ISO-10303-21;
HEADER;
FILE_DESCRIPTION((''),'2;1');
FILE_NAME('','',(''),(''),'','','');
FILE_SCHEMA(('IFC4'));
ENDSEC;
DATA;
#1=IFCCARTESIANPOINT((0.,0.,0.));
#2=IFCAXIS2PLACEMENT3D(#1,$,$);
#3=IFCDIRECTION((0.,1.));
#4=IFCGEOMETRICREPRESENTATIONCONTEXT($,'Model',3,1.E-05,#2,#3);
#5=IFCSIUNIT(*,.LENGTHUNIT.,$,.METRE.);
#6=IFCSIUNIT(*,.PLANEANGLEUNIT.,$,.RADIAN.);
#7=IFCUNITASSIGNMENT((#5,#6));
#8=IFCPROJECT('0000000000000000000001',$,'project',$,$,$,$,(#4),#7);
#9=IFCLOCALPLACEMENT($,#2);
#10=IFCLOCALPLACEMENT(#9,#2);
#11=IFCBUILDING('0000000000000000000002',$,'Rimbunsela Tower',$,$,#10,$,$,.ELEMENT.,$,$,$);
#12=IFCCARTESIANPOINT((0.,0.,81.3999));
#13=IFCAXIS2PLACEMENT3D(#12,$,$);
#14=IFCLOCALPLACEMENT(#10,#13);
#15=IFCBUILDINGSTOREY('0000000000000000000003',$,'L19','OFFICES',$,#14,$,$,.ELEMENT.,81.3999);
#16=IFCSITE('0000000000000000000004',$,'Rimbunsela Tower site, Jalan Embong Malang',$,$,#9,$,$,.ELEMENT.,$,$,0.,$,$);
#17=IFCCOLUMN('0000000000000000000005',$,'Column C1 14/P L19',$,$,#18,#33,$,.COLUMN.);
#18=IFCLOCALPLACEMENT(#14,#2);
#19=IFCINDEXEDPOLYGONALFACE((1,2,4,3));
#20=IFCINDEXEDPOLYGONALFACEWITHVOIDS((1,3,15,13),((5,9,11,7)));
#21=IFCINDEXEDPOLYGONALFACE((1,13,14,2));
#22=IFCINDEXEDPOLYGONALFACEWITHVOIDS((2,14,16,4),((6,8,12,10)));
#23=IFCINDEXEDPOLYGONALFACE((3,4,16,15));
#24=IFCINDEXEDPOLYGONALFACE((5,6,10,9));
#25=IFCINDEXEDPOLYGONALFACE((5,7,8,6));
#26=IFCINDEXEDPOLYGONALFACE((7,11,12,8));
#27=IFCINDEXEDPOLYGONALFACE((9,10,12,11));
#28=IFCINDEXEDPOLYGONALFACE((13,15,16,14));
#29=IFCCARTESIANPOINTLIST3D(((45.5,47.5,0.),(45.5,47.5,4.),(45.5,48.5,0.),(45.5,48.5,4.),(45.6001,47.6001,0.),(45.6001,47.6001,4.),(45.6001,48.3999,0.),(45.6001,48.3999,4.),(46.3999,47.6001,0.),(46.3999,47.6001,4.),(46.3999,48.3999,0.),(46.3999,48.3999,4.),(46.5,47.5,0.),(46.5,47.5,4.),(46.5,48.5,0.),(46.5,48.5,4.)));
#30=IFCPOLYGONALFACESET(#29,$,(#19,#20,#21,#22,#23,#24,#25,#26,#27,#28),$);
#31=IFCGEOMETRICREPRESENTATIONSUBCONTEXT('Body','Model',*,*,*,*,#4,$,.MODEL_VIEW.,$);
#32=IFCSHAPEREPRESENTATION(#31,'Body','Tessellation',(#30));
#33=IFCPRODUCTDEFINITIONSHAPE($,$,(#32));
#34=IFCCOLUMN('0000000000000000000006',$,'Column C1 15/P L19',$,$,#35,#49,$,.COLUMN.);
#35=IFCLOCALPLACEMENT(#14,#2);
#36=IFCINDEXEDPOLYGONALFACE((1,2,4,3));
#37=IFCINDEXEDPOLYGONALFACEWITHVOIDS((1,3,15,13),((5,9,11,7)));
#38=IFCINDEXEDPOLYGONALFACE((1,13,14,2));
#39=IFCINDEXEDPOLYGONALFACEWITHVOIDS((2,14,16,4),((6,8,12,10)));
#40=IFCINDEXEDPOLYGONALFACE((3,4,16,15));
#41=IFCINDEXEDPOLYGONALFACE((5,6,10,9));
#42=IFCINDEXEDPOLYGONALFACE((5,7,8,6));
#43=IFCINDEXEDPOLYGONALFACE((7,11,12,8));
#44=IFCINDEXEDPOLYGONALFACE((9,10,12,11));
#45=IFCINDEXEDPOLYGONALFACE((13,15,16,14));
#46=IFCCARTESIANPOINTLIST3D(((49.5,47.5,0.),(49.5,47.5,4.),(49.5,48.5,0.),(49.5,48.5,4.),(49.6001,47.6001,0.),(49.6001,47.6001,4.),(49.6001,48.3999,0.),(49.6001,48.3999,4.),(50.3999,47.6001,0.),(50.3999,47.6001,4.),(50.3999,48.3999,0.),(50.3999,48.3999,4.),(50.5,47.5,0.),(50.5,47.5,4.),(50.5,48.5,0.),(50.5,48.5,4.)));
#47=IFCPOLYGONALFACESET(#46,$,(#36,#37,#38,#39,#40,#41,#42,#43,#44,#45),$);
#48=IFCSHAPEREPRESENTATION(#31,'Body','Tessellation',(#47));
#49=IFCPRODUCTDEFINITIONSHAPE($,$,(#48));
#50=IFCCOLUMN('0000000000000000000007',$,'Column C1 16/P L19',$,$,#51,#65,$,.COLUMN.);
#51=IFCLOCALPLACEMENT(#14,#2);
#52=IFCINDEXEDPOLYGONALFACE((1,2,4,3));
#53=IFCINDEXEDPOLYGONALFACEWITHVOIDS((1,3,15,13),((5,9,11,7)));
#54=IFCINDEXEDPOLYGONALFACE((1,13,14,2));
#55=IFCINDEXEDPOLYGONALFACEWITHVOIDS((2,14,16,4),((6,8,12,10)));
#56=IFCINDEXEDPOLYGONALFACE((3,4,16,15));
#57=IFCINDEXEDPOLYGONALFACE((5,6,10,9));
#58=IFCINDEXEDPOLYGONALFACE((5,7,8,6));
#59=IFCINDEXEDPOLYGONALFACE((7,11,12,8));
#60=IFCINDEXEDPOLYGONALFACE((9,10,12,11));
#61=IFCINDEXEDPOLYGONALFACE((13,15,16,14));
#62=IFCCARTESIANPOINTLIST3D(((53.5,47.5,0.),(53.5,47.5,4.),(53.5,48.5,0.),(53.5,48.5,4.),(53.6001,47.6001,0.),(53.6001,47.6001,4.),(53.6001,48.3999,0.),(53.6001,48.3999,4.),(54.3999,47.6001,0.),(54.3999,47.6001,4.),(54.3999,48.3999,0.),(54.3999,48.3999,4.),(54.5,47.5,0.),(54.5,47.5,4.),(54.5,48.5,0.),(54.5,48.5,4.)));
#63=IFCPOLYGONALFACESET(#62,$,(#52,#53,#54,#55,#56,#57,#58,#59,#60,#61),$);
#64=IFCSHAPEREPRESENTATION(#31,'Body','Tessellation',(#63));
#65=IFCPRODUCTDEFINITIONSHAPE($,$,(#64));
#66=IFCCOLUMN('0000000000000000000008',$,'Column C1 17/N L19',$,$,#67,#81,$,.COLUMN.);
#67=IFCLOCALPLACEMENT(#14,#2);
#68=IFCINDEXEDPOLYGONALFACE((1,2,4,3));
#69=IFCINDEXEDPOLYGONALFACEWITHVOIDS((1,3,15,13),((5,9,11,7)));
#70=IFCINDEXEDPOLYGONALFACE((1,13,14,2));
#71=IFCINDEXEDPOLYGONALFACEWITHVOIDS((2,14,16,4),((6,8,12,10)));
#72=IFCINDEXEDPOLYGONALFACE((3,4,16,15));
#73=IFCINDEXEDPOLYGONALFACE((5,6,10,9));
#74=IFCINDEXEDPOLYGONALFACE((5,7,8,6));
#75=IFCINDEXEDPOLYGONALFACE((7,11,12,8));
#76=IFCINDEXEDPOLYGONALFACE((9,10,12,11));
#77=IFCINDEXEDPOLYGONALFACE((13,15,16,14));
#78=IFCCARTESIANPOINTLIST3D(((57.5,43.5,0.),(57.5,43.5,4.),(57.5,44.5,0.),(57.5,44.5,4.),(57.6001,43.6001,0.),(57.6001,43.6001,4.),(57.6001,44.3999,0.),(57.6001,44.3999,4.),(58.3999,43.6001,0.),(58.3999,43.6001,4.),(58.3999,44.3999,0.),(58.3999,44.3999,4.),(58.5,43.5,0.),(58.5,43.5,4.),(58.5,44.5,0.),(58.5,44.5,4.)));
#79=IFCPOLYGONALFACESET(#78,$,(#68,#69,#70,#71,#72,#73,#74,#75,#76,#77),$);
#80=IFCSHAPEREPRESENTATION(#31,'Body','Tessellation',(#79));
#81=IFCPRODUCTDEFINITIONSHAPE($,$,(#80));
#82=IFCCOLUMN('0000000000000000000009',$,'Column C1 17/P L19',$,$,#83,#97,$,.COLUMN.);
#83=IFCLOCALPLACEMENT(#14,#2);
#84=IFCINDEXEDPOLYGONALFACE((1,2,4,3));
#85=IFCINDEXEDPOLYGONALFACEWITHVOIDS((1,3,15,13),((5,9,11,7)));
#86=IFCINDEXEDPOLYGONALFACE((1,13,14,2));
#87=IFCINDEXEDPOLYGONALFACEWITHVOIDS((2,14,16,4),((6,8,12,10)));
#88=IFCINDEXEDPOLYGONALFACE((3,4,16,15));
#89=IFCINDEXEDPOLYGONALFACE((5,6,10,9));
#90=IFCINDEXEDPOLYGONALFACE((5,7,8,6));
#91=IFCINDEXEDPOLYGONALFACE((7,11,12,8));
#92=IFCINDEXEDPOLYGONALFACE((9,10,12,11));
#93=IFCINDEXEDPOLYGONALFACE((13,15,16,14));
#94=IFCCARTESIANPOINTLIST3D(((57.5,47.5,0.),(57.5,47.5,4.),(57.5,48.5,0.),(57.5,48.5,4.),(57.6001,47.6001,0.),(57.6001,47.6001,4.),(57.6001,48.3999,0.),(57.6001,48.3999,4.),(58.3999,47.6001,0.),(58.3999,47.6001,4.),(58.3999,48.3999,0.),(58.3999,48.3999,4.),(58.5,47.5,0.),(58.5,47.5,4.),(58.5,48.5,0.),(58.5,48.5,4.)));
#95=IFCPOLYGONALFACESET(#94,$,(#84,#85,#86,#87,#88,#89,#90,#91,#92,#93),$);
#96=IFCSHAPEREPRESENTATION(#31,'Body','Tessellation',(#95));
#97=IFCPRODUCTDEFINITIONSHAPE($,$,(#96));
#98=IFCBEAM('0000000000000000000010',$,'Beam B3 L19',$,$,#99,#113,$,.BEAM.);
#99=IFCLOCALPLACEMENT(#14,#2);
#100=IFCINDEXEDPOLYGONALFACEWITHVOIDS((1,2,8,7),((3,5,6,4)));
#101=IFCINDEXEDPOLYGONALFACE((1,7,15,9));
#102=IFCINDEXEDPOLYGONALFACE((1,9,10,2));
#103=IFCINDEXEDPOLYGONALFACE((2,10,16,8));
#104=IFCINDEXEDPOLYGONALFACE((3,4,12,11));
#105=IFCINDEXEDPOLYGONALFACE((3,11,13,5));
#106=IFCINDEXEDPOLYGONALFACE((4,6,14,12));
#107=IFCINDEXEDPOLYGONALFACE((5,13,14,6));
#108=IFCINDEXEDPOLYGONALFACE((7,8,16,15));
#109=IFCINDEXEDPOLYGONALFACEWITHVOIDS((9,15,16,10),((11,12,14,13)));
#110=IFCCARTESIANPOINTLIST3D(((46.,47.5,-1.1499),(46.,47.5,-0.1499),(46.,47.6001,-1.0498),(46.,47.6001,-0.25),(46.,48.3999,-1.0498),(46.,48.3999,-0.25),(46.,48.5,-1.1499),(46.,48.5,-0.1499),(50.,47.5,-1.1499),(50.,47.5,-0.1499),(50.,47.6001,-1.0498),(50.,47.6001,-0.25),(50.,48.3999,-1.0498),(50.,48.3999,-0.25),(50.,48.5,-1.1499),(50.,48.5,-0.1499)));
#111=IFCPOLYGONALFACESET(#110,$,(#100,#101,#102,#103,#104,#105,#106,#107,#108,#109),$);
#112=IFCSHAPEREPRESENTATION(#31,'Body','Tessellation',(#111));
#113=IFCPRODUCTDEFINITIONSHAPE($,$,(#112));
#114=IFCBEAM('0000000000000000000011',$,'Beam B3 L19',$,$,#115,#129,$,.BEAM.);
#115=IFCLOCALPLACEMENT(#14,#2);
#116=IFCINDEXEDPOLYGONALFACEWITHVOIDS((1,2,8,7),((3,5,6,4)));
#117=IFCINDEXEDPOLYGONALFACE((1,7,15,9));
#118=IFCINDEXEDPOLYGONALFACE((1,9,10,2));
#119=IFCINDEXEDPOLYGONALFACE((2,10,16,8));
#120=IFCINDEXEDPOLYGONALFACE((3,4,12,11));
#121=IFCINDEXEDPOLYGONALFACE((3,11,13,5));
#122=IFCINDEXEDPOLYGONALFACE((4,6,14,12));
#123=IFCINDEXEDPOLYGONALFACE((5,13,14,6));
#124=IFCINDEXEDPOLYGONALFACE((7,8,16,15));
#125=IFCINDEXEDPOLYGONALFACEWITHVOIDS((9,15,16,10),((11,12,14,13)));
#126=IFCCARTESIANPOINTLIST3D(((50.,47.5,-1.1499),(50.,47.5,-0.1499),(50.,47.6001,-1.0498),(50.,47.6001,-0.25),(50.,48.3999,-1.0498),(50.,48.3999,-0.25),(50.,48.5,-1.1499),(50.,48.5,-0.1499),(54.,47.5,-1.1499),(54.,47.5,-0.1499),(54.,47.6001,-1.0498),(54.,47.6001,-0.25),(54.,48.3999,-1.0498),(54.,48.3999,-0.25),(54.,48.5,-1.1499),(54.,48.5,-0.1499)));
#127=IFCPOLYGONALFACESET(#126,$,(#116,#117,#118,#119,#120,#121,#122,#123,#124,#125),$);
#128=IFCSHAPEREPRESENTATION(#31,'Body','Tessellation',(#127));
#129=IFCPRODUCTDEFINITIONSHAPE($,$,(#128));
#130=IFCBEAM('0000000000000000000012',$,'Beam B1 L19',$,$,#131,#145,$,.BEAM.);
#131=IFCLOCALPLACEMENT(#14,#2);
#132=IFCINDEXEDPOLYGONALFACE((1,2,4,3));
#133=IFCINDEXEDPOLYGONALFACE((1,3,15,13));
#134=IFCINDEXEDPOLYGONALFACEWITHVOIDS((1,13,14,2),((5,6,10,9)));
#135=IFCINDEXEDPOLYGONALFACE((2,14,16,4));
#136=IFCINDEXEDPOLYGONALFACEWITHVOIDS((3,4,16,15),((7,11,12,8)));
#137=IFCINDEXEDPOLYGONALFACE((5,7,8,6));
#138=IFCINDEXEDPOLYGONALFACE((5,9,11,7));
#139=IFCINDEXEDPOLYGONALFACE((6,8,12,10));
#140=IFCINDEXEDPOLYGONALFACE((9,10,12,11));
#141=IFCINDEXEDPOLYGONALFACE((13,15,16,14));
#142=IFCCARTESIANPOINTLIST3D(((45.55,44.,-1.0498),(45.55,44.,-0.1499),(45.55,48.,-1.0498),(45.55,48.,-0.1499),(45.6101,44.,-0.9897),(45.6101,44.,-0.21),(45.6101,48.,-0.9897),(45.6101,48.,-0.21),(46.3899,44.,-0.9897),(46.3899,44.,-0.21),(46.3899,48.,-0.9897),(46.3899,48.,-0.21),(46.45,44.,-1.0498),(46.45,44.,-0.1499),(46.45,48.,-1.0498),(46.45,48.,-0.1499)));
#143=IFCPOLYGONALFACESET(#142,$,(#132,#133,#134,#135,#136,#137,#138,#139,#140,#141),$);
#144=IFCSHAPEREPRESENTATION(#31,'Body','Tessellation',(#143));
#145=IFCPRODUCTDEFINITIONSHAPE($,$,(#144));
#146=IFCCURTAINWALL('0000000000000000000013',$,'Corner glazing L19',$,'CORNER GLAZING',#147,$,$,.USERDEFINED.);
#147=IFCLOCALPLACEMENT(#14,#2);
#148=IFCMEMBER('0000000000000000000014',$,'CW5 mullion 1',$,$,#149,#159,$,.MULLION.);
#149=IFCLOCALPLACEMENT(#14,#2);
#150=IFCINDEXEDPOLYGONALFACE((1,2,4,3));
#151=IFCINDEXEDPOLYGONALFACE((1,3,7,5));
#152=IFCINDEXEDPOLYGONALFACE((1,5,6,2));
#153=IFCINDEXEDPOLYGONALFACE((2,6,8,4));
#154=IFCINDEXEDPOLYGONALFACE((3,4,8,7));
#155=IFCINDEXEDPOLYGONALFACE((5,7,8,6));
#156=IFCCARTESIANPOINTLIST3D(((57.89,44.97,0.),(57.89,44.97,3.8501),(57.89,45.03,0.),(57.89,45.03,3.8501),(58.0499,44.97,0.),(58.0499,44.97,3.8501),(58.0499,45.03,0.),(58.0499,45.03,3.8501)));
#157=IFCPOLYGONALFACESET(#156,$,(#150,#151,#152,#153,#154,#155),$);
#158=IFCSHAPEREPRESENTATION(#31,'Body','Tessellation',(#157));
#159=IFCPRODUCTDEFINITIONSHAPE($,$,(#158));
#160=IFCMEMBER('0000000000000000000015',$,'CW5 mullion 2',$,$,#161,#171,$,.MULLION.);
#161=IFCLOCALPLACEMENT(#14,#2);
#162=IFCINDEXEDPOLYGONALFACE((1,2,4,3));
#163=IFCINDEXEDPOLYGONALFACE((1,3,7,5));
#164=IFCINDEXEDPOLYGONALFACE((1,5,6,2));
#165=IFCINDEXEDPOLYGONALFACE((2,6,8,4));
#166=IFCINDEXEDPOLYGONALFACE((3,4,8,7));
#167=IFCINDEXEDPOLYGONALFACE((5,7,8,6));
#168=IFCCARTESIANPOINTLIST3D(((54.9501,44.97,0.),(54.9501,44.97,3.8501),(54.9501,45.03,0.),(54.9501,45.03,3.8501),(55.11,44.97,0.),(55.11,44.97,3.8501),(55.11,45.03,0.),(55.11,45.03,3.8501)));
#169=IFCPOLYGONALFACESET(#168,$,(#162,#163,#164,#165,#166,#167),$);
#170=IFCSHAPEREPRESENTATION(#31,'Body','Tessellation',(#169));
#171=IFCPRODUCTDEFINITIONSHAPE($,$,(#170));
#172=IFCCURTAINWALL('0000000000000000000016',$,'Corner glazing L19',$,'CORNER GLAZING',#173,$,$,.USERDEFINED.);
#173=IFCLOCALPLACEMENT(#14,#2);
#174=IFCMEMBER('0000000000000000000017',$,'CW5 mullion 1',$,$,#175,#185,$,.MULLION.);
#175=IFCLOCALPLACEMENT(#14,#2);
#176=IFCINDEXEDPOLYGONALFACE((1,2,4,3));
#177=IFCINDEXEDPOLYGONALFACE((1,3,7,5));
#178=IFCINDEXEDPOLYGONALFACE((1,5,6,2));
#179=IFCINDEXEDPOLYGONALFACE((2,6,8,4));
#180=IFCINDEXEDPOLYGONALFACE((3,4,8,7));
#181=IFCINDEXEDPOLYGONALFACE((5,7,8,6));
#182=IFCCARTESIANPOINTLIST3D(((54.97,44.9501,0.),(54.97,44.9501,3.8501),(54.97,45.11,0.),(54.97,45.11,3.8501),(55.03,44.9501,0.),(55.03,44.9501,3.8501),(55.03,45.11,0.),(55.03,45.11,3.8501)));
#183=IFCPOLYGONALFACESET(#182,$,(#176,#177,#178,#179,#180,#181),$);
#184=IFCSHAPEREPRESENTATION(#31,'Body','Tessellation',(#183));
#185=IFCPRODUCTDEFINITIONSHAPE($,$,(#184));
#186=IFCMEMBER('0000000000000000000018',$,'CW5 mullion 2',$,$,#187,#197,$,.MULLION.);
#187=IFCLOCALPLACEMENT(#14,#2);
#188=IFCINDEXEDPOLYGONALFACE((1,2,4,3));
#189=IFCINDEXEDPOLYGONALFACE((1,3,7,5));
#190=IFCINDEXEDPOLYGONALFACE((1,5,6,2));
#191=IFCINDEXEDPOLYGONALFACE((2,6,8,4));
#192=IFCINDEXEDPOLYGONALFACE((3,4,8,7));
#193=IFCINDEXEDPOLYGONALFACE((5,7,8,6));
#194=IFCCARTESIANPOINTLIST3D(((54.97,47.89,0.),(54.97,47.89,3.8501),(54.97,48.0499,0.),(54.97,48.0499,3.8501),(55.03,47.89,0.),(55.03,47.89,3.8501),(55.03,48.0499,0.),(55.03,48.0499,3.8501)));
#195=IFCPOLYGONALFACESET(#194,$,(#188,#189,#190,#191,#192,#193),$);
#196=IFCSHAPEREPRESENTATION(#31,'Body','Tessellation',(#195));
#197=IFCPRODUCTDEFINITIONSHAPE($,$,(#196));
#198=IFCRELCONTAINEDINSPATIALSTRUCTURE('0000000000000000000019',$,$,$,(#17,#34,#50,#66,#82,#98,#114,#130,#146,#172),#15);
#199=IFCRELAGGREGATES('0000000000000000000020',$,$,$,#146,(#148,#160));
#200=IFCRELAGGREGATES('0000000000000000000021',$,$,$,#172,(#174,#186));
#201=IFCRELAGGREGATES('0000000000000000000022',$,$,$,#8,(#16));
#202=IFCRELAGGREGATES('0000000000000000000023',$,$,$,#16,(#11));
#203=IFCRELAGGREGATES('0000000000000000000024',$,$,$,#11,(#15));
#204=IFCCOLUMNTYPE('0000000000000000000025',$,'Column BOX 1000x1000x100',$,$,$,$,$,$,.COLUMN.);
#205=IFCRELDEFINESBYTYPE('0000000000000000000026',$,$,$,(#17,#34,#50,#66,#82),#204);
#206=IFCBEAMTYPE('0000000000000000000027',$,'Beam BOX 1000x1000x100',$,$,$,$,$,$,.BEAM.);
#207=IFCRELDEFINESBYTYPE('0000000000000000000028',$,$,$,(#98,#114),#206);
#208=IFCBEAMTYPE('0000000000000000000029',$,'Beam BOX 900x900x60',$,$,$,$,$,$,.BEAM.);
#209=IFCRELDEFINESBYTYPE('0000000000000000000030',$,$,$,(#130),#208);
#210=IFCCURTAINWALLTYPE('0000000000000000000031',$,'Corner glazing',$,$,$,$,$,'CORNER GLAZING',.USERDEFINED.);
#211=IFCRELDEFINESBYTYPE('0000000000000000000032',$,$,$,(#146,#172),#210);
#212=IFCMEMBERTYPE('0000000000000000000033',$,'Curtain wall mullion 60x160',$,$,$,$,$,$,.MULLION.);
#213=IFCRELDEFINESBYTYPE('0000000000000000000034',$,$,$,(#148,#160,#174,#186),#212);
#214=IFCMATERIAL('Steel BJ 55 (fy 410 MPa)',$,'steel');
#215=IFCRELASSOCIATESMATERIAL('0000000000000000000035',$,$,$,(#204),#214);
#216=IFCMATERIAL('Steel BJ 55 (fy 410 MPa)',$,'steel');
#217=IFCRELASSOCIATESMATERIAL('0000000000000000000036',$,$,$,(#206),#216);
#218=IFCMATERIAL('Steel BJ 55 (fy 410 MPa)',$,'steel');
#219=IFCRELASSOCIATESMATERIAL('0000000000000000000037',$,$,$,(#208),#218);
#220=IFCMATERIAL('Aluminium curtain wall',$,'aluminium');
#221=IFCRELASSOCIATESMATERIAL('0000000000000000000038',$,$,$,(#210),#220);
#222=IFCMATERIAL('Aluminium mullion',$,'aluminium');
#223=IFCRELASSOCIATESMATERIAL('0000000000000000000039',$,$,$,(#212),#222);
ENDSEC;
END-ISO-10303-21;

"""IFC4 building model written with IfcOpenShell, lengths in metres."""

from ifc_helpers import new_model, si_unit, direction, frame, origin, origin_2d, place, context, subcontext, project, spatial, rectangle, hollow_rectangle, extrude, material, material_profile, profile_set, type_object, element, aggregate, save


model = new_model("IFC4")

# Units and contexts
model_context = context("Model", 3, precision=1e-05, world=origin(), true_north=direction((0.0, 1.0)))
body_context = subcontext(model_context, "Body", "Model", "MODEL_VIEW")
ifc_project = project(units=[si_unit("LENGTHUNIT", "METRE"), si_unit("PLANEANGLEUNIT", "RADIAN")], contexts=[model_context])

# Site, building, storey
site_placement = place(None, origin())
site = spatial("IfcSite", under=ifc_project, at=site_placement, Name="Rimbunsela Tower site, Jalan Embong Malang", CompositionType="ELEMENT", RefElevation=0.0)
building_placement = place(site_placement, origin())
building = spatial("IfcBuilding", under=site, at=building_placement, Name="Rimbunsela Tower", CompositionType="ELEMENT")
storey_placement = place(building_placement, frame((0.0, 0.0, 81.3999)))
storey = spatial("IfcBuildingStorey", under=building, at=storey_placement, Name="L19", Description="OFFICES", CompositionType="ELEMENT", Elevation=81.3999)

# Columns
ifc_material_1 = material(Name="Steel BJ 55 (fy 410 MPa)", Category="steel")
ifc_material_profile_1 = material_profile(ifc_material_1, hollow_rectangle(XDim=1.0, YDim=1.0, WallThickness=0.1001, at=origin_2d()), Name="BOX 1000x1000x100")
ifc_profile_set_1 = profile_set([ifc_material_profile_1], Name="Steel BJ 55 (fy 410 MPa)")
column_type = type_object("IfcColumnType", Name="Column BOX 1000x1000x100", PredefinedType="COLUMN", material=ifc_profile_set_1)
for number, where, z_axis, x_axis, name in (
    (1, (46.0, 48.0, 0.0), (0.0, 0.0, 1.0), (1.0, 0.0, 0.0), "Column C1 14/P L19"),
    (2, (50.0, 48.0, 0.0), (0.0, 0.0, 1.0), (1.0, 0.0, 0.0), "Column C1 15/P L19"),
    (3, (54.0, 48.0, 0.0), (0.0, 0.0, 1.0), (1.0, 0.0, 0.0), "Column C1 16/P L19"),
    (4, (58.0, 44.0, 0.0), (0.0, 0.0, 1.0), (1.0, 0.0, 0.0), "Column C1 17/N L19"),
    (5, (58.0, 48.0, 0.0), (0.0, 0.0, 1.0), (1.0, 0.0, 0.0), "Column C1 17/P L19"),
):
    element("IfcColumn", number, at=place(storey_placement, frame(where, z_axis=z_axis, x_axis=x_axis)), inside=storey, type_object=column_type, Name=name, PredefinedType="COLUMN", context=body_context, shape_type="SweptSolid", body=[
        extrude(hollow_rectangle(XDim=1.0, YDim=1.0, WallThickness=0.1001, at=origin_2d()), origin(), (0.0, 0.0, 1.0), 4.0),
    ])

# Beams
ifc_material_2 = material(Name="Steel BJ 55 (fy 410 MPa)", Category="steel")
ifc_material_profile_2 = material_profile(ifc_material_2, hollow_rectangle(XDim=1.0, YDim=1.0, WallThickness=0.1001, at=origin_2d()), Name="BOX 1000x1000x100")
ifc_profile_set_2 = profile_set([ifc_material_profile_2], Name="Steel BJ 55 (fy 410 MPa)")
beam_type_1 = type_object("IfcBeamType", Name="Beam BOX 1000x1000x100", PredefinedType="BEAM", material=ifc_profile_set_2)
for number, where, z_axis, x_axis, name in (
    (6, (46.0, 48.0, -0.6499), (1.0, 0.0, 0.0), (0.0, 1.0, 0.0), "Beam B3 L19"),
    (7, (50.0, 48.0, -0.6499), (1.0, 0.0, 0.0), (0.0, 1.0, 0.0), "Beam B3 L19"),
):
    element("IfcBeam", number, at=place(storey_placement, frame(where, z_axis=z_axis, x_axis=x_axis)), inside=storey, type_object=beam_type_1, Name=name, PredefinedType="BEAM", context=body_context, shape_type="SweptSolid", body=[
        extrude(hollow_rectangle(XDim=1.0, YDim=1.0, WallThickness=0.1001, at=origin_2d()), origin(), (0.0, 0.0, 1.0), 4.0),
    ])
ifc_material_3 = material(Name="Steel BJ 55 (fy 410 MPa)", Category="steel")
ifc_material_profile_3 = material_profile(ifc_material_3, hollow_rectangle(XDim=0.8999, YDim=0.8999, WallThickness=0.0601, at=origin_2d()), Name="BOX 900x900x60")
ifc_profile_set_3 = profile_set([ifc_material_profile_3], Name="Steel BJ 55 (fy 410 MPa)")
beam_type_2 = type_object("IfcBeamType", Name="Beam BOX 900x900x60", PredefinedType="BEAM", material=ifc_profile_set_3)
beam_placement = place(storey_placement, frame((46.0, 44.0, -0.5999), z_axis=(0.0, 1.0, 0.0), x_axis=(-1.0, 0.0, 0.0)))
element("IfcBeam", 8, at=beam_placement, inside=storey, type_object=beam_type_2, Name="Beam B1 L19", PredefinedType="BEAM", context=body_context, shape_type="SweptSolid", body=[
    extrude(hollow_rectangle(XDim=0.8999, YDim=0.8999, WallThickness=0.0601, at=origin_2d()), origin(), (0.0, 0.0, 1.0), 4.0),
])

# Curtain walls, members
ifc_material_4 = material(Name="Aluminium curtain wall", Category="aluminium")
curtain_wall_type = type_object("IfcCurtainWallType", Name="Corner glazing", ElementType="CORNER GLAZING", PredefinedType="USERDEFINED", material=ifc_material_4)
curtain_wall_1_placement = place(storey_placement, origin())
curtain_wall_1 = element("IfcCurtainWall", 9, at=curtain_wall_1_placement, inside=storey, type_object=curtain_wall_type, Name="Corner glazing L19", ObjectType="CORNER GLAZING", PredefinedType="USERDEFINED")
ifc_material_5 = material(Name="Aluminium mullion", Category="aluminium")
ifc_material_profile_4 = material_profile(ifc_material_5, rectangle(XDim=0.0601, YDim=0.1599, at=origin_2d()), Name="Mullion 60x160")
ifc_profile_set_4 = profile_set([ifc_material_profile_4], Name="Aluminium mullion")
member_type_1 = type_object("IfcMemberType", Name="Curtain wall mullion 60x160", PredefinedType="MULLION", material=ifc_profile_set_4)
member_1_placement = place(storey_placement, frame((57.97, 45.0, 0.0), z_axis=(0.0, 0.0, 1.0), x_axis=(0.0, -1.0, 0.0)))
member_1 = element("IfcMember", 10, at=member_1_placement, type_object=member_type_1, Name="CW5 mullion 1", PredefinedType="MULLION", context=body_context, shape_type="SweptSolid", body=[
    extrude(rectangle(XDim=0.0601, YDim=0.1599, at=origin_2d()), origin(), (0.0, 0.0, 1.0), 3.8501),
])
member_2_placement = place(storey_placement, frame((55.03, 45.0, 0.0), z_axis=(0.0, 0.0, 1.0), x_axis=(0.0, -1.0, 0.0)))
member_2 = element("IfcMember", 11, at=member_2_placement, type_object=member_type_1, Name="CW5 mullion 2", PredefinedType="MULLION", context=body_context, shape_type="SweptSolid", body=[
    extrude(rectangle(XDim=0.0601, YDim=0.1599, at=origin_2d()), origin(), (0.0, 0.0, 1.0), 3.8501),
])
curtain_wall_2_placement = place(storey_placement, origin())
curtain_wall_2 = element("IfcCurtainWall", 12, at=curtain_wall_2_placement, inside=storey, type_object=curtain_wall_type, Name="Corner glazing L19", ObjectType="CORNER GLAZING", PredefinedType="USERDEFINED")
member_3_placement = place(storey_placement, frame((55.0, 45.03, 0.0), z_axis=(0.0, 0.0, 1.0), x_axis=(-1.0, 0.0, 0.0)))
member_3 = element("IfcMember", 13, at=member_3_placement, type_object=member_type_1, Name="CW5 mullion 1", PredefinedType="MULLION", context=body_context, shape_type="SweptSolid", body=[
    extrude(rectangle(XDim=0.0601, YDim=0.1599, at=origin_2d()), origin(), (0.0, 0.0, 1.0), 3.8501),
])
member_4_placement = place(storey_placement, frame((55.0, 47.97, 0.0), z_axis=(0.0, 0.0, 1.0), x_axis=(-1.0, 0.0, 0.0)))
member_4 = element("IfcMember", 14, at=member_4_placement, type_object=member_type_1, Name="CW5 mullion 2", PredefinedType="MULLION", context=body_context, shape_type="SweptSolid", body=[
    extrude(rectangle(XDim=0.0601, YDim=0.1599, at=origin_2d()), origin(), (0.0, 0.0, 1.0), 3.8501),
])

aggregate(curtain_wall_1, [member_1, member_2])
aggregate(curtain_wall_2, [member_3, member_4])

save(model, "model.ifc")
